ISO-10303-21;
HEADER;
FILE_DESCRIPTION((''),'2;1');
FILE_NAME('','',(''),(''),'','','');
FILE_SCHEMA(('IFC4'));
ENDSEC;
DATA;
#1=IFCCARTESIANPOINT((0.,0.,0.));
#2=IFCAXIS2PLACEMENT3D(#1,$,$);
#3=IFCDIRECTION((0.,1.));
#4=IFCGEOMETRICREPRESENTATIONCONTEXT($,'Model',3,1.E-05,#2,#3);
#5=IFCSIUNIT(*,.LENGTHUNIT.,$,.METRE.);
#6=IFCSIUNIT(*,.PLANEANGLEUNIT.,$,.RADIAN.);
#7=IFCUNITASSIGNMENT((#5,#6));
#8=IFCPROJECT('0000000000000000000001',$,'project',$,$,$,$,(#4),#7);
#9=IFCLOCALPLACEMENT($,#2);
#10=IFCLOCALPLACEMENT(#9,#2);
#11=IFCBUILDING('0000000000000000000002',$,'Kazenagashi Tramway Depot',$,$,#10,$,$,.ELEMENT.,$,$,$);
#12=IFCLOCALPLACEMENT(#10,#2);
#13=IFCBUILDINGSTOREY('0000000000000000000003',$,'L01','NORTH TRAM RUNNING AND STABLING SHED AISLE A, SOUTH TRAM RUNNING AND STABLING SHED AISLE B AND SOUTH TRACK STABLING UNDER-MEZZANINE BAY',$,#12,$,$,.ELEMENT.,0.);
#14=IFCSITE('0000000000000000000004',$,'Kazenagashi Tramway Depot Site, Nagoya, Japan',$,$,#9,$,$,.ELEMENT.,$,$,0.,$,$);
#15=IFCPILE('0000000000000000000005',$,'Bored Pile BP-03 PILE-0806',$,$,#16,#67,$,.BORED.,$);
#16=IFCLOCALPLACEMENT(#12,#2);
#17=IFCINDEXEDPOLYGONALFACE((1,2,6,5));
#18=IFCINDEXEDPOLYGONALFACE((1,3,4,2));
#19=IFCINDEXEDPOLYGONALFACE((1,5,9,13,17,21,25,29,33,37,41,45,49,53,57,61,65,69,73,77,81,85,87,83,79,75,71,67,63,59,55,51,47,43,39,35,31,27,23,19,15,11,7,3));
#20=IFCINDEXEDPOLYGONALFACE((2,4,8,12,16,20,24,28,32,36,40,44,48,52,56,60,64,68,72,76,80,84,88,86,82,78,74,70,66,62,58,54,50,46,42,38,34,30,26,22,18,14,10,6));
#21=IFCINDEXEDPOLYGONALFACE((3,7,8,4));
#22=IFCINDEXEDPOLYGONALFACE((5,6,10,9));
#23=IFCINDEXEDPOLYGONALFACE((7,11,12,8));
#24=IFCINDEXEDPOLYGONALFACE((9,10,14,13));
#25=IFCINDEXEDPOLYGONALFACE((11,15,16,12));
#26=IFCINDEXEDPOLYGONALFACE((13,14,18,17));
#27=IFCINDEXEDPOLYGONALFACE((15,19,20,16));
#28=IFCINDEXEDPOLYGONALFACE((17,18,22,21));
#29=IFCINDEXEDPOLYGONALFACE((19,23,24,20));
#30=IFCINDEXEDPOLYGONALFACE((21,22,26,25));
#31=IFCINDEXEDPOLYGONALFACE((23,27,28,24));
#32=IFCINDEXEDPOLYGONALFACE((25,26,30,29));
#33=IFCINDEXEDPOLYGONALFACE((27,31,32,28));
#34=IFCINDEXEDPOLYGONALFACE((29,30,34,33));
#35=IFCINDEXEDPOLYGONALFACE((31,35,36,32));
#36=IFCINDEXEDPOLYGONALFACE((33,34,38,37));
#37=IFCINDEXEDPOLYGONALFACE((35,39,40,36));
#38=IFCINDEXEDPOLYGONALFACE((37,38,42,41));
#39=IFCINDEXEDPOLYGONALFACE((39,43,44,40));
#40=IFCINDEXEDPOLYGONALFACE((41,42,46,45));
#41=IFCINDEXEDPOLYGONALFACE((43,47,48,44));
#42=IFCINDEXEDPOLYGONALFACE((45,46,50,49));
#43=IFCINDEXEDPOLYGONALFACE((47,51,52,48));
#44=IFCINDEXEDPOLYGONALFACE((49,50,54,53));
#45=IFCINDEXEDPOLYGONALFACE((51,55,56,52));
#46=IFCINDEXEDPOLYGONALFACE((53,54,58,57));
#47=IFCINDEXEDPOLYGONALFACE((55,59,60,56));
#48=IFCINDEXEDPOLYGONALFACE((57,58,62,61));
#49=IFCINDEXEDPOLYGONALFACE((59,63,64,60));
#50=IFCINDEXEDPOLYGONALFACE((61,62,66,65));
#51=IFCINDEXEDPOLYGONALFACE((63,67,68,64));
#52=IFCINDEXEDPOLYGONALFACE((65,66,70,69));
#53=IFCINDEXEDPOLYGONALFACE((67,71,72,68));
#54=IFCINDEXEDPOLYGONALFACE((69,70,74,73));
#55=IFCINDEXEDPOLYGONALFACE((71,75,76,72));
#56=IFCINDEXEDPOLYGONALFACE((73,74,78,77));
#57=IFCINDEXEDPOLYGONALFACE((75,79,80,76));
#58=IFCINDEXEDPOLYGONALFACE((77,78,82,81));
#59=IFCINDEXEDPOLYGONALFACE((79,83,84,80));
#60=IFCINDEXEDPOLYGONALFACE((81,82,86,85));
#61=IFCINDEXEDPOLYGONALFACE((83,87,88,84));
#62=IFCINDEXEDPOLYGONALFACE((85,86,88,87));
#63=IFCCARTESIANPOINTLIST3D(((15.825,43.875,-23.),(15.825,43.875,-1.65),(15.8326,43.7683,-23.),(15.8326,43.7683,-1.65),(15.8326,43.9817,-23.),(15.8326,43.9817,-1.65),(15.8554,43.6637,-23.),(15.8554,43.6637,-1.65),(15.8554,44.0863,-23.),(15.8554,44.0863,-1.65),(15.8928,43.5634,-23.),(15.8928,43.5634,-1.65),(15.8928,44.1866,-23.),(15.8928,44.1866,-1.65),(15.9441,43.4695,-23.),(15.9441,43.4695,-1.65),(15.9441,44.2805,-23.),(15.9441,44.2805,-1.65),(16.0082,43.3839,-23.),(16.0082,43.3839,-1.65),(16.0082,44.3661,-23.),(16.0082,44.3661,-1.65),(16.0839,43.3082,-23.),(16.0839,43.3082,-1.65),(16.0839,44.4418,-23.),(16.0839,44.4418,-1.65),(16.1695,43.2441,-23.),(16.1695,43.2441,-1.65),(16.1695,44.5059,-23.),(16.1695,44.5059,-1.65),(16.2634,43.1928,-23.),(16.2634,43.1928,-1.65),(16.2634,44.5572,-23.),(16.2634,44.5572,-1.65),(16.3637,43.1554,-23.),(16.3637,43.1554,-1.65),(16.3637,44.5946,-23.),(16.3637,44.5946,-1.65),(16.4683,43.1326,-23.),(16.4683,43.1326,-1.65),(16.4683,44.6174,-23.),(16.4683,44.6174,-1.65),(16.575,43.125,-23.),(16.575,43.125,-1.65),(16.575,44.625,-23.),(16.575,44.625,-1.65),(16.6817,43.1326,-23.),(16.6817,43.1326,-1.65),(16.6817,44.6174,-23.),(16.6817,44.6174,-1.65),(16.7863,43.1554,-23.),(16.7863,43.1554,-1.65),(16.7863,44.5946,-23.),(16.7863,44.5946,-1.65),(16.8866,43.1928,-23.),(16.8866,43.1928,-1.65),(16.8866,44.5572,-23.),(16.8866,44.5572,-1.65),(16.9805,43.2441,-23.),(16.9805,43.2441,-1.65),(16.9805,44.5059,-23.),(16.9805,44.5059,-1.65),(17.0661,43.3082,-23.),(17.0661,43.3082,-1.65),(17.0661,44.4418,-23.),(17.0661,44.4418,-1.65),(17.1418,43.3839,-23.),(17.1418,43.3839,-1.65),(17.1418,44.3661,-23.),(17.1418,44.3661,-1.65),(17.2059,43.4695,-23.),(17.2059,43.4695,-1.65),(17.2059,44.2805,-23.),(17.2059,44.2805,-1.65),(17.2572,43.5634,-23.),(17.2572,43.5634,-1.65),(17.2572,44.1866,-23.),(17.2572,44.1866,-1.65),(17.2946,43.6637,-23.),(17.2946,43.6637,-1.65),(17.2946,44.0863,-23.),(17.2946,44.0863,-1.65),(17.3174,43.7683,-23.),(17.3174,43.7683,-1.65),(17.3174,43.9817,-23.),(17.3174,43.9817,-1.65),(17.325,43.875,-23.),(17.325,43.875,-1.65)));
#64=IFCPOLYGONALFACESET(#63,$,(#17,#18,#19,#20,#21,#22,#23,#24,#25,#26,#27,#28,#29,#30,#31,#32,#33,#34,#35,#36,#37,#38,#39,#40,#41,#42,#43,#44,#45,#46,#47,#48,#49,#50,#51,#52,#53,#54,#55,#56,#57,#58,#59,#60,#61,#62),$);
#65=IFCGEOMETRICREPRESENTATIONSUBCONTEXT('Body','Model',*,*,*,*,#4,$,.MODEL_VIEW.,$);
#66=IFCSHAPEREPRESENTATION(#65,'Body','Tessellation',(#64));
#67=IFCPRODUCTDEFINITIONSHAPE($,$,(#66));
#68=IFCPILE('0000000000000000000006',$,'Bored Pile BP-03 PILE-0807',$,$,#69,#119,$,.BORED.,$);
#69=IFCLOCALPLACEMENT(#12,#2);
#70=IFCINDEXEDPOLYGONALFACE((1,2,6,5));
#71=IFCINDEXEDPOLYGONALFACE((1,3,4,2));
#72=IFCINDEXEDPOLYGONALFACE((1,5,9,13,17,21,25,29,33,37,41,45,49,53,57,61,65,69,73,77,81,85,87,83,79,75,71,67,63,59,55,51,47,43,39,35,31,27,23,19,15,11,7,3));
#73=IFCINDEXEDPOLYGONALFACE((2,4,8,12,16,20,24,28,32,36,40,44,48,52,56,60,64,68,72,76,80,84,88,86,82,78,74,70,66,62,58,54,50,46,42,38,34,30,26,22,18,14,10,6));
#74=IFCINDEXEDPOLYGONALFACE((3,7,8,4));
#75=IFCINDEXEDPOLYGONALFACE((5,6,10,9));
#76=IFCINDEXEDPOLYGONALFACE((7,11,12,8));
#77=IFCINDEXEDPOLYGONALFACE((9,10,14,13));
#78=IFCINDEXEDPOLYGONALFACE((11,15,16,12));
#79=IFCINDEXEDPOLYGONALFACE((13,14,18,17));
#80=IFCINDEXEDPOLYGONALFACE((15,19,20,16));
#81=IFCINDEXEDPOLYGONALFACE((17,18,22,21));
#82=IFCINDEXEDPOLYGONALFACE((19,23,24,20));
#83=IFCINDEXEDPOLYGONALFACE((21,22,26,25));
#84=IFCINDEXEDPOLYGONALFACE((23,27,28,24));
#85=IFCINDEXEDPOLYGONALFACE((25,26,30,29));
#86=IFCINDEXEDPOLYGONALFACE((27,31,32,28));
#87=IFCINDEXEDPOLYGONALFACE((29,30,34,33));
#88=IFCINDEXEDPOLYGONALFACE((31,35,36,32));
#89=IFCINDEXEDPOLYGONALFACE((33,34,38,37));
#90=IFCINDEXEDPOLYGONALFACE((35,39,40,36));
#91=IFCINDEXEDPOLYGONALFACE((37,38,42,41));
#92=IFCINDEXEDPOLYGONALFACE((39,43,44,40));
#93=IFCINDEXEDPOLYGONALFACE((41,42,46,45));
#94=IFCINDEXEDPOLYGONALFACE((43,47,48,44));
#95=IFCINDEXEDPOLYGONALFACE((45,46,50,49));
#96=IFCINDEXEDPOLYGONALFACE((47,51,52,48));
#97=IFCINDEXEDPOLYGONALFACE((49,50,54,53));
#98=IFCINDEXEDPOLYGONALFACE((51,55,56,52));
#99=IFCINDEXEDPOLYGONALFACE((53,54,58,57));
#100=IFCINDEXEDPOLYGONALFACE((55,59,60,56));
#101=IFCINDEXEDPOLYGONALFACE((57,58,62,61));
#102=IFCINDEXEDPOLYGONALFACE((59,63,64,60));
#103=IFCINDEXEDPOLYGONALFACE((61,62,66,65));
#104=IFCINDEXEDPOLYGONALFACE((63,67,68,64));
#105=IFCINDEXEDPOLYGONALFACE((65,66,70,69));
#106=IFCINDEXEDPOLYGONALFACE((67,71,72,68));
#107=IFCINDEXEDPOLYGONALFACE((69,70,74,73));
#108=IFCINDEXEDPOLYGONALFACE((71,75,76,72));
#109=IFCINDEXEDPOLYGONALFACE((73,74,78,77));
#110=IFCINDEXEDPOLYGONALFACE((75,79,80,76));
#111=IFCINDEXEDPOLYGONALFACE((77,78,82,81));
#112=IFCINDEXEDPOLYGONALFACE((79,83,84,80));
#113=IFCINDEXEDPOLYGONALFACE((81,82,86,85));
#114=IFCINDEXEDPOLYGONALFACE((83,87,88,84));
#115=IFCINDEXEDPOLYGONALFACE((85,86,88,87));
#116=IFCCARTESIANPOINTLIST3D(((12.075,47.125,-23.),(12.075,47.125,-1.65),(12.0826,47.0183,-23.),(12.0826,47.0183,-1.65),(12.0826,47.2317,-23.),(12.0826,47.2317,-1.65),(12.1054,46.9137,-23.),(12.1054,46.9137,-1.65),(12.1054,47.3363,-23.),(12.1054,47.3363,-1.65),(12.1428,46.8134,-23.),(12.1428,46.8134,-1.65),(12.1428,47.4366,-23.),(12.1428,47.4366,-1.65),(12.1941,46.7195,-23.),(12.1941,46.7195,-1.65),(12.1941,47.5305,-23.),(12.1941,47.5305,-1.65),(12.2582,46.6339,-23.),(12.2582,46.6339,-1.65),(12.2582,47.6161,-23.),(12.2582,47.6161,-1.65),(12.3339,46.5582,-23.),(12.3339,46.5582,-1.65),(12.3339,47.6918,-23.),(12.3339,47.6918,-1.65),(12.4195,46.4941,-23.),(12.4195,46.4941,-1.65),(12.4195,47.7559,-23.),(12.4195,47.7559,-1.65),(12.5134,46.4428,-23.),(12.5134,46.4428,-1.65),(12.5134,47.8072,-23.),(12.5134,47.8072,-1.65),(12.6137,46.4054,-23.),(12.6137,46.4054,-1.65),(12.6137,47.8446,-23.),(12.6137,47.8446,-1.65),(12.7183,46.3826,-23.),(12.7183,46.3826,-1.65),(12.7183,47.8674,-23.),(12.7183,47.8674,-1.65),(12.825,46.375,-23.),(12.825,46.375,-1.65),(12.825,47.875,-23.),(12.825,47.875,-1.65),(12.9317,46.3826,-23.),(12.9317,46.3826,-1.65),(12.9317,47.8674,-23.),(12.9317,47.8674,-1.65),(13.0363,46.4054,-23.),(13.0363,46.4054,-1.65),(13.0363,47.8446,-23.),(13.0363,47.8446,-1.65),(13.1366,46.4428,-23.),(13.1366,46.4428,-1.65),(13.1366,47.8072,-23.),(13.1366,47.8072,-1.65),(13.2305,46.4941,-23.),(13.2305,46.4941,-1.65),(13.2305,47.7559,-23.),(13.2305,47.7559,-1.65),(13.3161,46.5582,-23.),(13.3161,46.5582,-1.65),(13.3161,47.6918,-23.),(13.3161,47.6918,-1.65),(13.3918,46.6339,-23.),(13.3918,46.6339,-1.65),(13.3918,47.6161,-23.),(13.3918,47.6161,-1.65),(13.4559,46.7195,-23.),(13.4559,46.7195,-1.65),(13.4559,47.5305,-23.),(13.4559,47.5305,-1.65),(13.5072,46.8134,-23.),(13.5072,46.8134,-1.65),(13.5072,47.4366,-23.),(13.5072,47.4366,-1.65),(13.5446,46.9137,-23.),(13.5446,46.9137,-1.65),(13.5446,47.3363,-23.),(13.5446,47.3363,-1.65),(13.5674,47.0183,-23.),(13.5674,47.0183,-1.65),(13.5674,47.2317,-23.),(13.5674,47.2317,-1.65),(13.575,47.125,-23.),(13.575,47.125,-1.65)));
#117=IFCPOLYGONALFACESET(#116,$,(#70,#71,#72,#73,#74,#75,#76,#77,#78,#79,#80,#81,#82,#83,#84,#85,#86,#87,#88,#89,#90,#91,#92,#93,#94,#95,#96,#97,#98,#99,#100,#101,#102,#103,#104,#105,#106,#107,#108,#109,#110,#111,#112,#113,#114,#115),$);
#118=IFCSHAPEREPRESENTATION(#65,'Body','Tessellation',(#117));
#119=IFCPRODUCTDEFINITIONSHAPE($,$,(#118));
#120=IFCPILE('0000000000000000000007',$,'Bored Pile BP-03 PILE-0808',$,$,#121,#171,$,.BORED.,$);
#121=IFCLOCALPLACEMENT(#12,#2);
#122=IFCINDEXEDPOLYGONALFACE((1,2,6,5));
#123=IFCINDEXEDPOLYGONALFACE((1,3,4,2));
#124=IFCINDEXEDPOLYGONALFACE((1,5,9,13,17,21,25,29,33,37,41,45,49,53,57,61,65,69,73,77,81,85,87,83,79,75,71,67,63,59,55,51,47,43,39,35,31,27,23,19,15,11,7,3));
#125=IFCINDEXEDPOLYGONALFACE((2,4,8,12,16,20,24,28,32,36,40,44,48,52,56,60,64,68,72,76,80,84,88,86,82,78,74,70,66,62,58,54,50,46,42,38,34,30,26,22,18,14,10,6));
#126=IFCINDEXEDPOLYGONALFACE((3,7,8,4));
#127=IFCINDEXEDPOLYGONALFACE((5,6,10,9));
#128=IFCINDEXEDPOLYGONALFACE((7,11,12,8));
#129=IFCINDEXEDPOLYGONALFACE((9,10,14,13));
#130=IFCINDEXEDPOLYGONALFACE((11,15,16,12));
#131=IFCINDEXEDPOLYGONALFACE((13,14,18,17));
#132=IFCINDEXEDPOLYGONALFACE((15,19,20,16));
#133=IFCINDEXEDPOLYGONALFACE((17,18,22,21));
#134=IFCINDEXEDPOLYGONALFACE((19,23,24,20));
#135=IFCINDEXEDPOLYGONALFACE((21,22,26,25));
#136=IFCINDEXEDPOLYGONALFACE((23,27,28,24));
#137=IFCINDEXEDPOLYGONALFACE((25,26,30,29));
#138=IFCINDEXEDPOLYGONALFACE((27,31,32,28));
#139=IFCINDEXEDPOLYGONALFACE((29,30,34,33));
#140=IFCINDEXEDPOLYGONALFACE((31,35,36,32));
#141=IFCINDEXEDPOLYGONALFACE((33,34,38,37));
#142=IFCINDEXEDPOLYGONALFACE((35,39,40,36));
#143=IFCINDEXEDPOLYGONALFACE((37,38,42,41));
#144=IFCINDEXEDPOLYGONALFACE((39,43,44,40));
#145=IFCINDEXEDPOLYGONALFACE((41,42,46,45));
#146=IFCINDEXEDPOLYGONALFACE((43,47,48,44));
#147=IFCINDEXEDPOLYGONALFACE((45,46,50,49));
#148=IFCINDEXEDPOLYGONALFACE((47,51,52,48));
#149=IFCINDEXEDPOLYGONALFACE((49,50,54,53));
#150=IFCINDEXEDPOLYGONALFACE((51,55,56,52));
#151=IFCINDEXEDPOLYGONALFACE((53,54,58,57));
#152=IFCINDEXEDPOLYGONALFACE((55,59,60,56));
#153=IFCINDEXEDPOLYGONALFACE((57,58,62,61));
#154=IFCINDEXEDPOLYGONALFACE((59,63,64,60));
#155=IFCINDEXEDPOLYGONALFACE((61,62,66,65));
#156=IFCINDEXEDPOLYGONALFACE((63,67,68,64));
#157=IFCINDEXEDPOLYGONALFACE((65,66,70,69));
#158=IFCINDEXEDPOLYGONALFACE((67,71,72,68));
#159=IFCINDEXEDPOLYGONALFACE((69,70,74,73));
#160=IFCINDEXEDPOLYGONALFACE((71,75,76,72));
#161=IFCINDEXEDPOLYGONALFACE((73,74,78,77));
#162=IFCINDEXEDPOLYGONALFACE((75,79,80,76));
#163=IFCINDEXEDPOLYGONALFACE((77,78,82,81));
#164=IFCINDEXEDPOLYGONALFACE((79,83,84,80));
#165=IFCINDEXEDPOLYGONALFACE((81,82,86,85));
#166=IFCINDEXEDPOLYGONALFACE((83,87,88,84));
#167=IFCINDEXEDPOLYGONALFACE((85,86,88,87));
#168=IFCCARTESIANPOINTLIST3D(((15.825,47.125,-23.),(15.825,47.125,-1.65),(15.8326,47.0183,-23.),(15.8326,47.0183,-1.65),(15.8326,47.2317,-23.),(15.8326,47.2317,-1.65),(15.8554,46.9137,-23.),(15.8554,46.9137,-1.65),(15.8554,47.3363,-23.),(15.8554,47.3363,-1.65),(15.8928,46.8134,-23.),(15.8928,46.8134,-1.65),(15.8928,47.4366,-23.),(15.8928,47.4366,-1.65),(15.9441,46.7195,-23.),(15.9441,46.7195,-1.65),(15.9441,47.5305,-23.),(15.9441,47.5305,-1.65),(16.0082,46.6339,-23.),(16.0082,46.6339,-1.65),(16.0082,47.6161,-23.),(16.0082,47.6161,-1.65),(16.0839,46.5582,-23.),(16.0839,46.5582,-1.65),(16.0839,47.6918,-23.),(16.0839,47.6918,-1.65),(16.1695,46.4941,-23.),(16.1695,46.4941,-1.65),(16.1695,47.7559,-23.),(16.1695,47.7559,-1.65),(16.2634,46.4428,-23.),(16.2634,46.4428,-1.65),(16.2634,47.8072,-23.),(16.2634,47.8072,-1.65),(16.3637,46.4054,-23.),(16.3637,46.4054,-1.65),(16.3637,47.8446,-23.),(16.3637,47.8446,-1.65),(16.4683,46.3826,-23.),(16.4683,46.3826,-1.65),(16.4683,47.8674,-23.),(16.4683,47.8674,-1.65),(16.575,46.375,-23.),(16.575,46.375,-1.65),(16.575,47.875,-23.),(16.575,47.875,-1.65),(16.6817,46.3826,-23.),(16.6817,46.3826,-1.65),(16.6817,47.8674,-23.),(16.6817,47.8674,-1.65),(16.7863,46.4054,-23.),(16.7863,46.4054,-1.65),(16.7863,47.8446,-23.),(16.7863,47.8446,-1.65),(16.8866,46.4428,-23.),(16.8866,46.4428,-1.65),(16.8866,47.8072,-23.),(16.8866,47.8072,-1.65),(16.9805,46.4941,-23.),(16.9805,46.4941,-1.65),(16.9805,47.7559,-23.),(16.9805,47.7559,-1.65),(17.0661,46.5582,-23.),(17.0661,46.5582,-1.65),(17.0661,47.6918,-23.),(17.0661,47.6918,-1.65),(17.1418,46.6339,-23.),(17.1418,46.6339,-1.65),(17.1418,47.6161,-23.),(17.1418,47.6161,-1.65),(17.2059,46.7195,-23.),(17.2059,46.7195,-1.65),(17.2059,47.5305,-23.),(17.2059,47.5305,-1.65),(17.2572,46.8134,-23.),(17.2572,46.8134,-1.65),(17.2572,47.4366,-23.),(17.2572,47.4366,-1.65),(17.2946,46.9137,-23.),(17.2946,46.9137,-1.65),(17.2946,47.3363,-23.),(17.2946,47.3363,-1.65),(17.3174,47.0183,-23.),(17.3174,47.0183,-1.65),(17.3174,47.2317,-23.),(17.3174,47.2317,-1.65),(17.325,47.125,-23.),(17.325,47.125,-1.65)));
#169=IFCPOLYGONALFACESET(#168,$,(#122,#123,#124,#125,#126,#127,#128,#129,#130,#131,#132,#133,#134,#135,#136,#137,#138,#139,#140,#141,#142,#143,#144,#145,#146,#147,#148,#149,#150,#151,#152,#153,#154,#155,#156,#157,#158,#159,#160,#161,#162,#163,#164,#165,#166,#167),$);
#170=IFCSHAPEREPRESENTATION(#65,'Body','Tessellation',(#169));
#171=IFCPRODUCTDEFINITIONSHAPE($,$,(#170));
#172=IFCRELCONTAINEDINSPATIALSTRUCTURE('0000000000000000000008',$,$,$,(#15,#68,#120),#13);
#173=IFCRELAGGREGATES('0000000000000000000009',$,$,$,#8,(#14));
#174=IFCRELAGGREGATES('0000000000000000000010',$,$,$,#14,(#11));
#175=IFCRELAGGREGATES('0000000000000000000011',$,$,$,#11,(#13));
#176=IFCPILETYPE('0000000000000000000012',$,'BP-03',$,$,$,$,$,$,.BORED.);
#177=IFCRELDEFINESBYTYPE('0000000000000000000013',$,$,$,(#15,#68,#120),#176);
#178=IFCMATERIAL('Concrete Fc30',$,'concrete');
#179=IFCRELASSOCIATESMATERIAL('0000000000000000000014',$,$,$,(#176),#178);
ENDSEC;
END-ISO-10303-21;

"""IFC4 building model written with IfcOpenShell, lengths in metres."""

from ifc_helpers import new_model, si_unit, direction, frame, origin, origin_2d, place, context, subcontext, project, spatial, circle, extrude, material, material_profile, profile_set, type_object, element, save


model = new_model("IFC4")

# Units and contexts
model_context = context("Model", 3, precision=1e-05, world=origin(), true_north=direction((0.0, 1.0)))
body_context = subcontext(model_context, "Body", "Model", "MODEL_VIEW")
ifc_project = project(units=[si_unit("LENGTHUNIT", "METRE"), si_unit("PLANEANGLEUNIT", "RADIAN")], contexts=[model_context])

# Site, building, storey
site_placement = place(None, origin())
site = spatial("IfcSite", under=ifc_project, at=site_placement, Name="Kazenagashi Tramway Depot Site, Nagoya, Japan", CompositionType="ELEMENT", RefElevation=0.0)
building_placement = place(site_placement, origin())
building = spatial("IfcBuilding", under=site, at=building_placement, Name="Kazenagashi Tramway Depot", CompositionType="ELEMENT")
storey_placement = place(building_placement, origin())
storey = spatial("IfcBuildingStorey", under=building, at=storey_placement, Name="L01", Description="NORTH TRAM RUNNING AND STABLING SHED AISLE A, SOUTH TRAM RUNNING AND STABLING SHED AISLE B AND SOUTH TRACK STABLING UNDER-MEZZANINE BAY", CompositionType="ELEMENT", Elevation=0.0)

# Piles
ifc_material_1 = material(Name="Concrete Fc30", Category="concrete")
ifc_material_profile_1 = material_profile(ifc_material_1, circle(Radius=0.75, at=origin_2d()), Name="PILE-1500")
ifc_profile_set_1 = profile_set([ifc_material_profile_1], Name="Concrete Fc30")
pile_type = type_object("IfcPileType", Name="BP-03", PredefinedType="BORED", material=ifc_profile_set_1)
for number, where, z_axis, x_axis, name in (
    (1, (16.575, 43.875, -1.65), (0.0, 0.0, -1.0), (1.0, 0.0, 0.0), "Bored Pile BP-03 PILE-0806"),
    (2, (12.825, 47.125, -1.65), (0.0, 0.0, -1.0), (1.0, 0.0, 0.0), "Bored Pile BP-03 PILE-0807"),
    (3, (16.575, 47.125, -1.65), (0.0, 0.0, -1.0), (1.0, 0.0, 0.0), "Bored Pile BP-03 PILE-0808"),
):
    element("IfcPile", number, at=place(storey_placement, frame(where, z_axis=z_axis, x_axis=x_axis)), inside=storey, type_object=pile_type, Name=name, PredefinedType="BORED", context=body_context, shape_type="SweptSolid", body=[
        extrude(circle(Radius=0.75, at=origin_2d()), origin(), (0.0, 0.0, 1.0), 21.35),
    ])

save(model, "model.ifc")
